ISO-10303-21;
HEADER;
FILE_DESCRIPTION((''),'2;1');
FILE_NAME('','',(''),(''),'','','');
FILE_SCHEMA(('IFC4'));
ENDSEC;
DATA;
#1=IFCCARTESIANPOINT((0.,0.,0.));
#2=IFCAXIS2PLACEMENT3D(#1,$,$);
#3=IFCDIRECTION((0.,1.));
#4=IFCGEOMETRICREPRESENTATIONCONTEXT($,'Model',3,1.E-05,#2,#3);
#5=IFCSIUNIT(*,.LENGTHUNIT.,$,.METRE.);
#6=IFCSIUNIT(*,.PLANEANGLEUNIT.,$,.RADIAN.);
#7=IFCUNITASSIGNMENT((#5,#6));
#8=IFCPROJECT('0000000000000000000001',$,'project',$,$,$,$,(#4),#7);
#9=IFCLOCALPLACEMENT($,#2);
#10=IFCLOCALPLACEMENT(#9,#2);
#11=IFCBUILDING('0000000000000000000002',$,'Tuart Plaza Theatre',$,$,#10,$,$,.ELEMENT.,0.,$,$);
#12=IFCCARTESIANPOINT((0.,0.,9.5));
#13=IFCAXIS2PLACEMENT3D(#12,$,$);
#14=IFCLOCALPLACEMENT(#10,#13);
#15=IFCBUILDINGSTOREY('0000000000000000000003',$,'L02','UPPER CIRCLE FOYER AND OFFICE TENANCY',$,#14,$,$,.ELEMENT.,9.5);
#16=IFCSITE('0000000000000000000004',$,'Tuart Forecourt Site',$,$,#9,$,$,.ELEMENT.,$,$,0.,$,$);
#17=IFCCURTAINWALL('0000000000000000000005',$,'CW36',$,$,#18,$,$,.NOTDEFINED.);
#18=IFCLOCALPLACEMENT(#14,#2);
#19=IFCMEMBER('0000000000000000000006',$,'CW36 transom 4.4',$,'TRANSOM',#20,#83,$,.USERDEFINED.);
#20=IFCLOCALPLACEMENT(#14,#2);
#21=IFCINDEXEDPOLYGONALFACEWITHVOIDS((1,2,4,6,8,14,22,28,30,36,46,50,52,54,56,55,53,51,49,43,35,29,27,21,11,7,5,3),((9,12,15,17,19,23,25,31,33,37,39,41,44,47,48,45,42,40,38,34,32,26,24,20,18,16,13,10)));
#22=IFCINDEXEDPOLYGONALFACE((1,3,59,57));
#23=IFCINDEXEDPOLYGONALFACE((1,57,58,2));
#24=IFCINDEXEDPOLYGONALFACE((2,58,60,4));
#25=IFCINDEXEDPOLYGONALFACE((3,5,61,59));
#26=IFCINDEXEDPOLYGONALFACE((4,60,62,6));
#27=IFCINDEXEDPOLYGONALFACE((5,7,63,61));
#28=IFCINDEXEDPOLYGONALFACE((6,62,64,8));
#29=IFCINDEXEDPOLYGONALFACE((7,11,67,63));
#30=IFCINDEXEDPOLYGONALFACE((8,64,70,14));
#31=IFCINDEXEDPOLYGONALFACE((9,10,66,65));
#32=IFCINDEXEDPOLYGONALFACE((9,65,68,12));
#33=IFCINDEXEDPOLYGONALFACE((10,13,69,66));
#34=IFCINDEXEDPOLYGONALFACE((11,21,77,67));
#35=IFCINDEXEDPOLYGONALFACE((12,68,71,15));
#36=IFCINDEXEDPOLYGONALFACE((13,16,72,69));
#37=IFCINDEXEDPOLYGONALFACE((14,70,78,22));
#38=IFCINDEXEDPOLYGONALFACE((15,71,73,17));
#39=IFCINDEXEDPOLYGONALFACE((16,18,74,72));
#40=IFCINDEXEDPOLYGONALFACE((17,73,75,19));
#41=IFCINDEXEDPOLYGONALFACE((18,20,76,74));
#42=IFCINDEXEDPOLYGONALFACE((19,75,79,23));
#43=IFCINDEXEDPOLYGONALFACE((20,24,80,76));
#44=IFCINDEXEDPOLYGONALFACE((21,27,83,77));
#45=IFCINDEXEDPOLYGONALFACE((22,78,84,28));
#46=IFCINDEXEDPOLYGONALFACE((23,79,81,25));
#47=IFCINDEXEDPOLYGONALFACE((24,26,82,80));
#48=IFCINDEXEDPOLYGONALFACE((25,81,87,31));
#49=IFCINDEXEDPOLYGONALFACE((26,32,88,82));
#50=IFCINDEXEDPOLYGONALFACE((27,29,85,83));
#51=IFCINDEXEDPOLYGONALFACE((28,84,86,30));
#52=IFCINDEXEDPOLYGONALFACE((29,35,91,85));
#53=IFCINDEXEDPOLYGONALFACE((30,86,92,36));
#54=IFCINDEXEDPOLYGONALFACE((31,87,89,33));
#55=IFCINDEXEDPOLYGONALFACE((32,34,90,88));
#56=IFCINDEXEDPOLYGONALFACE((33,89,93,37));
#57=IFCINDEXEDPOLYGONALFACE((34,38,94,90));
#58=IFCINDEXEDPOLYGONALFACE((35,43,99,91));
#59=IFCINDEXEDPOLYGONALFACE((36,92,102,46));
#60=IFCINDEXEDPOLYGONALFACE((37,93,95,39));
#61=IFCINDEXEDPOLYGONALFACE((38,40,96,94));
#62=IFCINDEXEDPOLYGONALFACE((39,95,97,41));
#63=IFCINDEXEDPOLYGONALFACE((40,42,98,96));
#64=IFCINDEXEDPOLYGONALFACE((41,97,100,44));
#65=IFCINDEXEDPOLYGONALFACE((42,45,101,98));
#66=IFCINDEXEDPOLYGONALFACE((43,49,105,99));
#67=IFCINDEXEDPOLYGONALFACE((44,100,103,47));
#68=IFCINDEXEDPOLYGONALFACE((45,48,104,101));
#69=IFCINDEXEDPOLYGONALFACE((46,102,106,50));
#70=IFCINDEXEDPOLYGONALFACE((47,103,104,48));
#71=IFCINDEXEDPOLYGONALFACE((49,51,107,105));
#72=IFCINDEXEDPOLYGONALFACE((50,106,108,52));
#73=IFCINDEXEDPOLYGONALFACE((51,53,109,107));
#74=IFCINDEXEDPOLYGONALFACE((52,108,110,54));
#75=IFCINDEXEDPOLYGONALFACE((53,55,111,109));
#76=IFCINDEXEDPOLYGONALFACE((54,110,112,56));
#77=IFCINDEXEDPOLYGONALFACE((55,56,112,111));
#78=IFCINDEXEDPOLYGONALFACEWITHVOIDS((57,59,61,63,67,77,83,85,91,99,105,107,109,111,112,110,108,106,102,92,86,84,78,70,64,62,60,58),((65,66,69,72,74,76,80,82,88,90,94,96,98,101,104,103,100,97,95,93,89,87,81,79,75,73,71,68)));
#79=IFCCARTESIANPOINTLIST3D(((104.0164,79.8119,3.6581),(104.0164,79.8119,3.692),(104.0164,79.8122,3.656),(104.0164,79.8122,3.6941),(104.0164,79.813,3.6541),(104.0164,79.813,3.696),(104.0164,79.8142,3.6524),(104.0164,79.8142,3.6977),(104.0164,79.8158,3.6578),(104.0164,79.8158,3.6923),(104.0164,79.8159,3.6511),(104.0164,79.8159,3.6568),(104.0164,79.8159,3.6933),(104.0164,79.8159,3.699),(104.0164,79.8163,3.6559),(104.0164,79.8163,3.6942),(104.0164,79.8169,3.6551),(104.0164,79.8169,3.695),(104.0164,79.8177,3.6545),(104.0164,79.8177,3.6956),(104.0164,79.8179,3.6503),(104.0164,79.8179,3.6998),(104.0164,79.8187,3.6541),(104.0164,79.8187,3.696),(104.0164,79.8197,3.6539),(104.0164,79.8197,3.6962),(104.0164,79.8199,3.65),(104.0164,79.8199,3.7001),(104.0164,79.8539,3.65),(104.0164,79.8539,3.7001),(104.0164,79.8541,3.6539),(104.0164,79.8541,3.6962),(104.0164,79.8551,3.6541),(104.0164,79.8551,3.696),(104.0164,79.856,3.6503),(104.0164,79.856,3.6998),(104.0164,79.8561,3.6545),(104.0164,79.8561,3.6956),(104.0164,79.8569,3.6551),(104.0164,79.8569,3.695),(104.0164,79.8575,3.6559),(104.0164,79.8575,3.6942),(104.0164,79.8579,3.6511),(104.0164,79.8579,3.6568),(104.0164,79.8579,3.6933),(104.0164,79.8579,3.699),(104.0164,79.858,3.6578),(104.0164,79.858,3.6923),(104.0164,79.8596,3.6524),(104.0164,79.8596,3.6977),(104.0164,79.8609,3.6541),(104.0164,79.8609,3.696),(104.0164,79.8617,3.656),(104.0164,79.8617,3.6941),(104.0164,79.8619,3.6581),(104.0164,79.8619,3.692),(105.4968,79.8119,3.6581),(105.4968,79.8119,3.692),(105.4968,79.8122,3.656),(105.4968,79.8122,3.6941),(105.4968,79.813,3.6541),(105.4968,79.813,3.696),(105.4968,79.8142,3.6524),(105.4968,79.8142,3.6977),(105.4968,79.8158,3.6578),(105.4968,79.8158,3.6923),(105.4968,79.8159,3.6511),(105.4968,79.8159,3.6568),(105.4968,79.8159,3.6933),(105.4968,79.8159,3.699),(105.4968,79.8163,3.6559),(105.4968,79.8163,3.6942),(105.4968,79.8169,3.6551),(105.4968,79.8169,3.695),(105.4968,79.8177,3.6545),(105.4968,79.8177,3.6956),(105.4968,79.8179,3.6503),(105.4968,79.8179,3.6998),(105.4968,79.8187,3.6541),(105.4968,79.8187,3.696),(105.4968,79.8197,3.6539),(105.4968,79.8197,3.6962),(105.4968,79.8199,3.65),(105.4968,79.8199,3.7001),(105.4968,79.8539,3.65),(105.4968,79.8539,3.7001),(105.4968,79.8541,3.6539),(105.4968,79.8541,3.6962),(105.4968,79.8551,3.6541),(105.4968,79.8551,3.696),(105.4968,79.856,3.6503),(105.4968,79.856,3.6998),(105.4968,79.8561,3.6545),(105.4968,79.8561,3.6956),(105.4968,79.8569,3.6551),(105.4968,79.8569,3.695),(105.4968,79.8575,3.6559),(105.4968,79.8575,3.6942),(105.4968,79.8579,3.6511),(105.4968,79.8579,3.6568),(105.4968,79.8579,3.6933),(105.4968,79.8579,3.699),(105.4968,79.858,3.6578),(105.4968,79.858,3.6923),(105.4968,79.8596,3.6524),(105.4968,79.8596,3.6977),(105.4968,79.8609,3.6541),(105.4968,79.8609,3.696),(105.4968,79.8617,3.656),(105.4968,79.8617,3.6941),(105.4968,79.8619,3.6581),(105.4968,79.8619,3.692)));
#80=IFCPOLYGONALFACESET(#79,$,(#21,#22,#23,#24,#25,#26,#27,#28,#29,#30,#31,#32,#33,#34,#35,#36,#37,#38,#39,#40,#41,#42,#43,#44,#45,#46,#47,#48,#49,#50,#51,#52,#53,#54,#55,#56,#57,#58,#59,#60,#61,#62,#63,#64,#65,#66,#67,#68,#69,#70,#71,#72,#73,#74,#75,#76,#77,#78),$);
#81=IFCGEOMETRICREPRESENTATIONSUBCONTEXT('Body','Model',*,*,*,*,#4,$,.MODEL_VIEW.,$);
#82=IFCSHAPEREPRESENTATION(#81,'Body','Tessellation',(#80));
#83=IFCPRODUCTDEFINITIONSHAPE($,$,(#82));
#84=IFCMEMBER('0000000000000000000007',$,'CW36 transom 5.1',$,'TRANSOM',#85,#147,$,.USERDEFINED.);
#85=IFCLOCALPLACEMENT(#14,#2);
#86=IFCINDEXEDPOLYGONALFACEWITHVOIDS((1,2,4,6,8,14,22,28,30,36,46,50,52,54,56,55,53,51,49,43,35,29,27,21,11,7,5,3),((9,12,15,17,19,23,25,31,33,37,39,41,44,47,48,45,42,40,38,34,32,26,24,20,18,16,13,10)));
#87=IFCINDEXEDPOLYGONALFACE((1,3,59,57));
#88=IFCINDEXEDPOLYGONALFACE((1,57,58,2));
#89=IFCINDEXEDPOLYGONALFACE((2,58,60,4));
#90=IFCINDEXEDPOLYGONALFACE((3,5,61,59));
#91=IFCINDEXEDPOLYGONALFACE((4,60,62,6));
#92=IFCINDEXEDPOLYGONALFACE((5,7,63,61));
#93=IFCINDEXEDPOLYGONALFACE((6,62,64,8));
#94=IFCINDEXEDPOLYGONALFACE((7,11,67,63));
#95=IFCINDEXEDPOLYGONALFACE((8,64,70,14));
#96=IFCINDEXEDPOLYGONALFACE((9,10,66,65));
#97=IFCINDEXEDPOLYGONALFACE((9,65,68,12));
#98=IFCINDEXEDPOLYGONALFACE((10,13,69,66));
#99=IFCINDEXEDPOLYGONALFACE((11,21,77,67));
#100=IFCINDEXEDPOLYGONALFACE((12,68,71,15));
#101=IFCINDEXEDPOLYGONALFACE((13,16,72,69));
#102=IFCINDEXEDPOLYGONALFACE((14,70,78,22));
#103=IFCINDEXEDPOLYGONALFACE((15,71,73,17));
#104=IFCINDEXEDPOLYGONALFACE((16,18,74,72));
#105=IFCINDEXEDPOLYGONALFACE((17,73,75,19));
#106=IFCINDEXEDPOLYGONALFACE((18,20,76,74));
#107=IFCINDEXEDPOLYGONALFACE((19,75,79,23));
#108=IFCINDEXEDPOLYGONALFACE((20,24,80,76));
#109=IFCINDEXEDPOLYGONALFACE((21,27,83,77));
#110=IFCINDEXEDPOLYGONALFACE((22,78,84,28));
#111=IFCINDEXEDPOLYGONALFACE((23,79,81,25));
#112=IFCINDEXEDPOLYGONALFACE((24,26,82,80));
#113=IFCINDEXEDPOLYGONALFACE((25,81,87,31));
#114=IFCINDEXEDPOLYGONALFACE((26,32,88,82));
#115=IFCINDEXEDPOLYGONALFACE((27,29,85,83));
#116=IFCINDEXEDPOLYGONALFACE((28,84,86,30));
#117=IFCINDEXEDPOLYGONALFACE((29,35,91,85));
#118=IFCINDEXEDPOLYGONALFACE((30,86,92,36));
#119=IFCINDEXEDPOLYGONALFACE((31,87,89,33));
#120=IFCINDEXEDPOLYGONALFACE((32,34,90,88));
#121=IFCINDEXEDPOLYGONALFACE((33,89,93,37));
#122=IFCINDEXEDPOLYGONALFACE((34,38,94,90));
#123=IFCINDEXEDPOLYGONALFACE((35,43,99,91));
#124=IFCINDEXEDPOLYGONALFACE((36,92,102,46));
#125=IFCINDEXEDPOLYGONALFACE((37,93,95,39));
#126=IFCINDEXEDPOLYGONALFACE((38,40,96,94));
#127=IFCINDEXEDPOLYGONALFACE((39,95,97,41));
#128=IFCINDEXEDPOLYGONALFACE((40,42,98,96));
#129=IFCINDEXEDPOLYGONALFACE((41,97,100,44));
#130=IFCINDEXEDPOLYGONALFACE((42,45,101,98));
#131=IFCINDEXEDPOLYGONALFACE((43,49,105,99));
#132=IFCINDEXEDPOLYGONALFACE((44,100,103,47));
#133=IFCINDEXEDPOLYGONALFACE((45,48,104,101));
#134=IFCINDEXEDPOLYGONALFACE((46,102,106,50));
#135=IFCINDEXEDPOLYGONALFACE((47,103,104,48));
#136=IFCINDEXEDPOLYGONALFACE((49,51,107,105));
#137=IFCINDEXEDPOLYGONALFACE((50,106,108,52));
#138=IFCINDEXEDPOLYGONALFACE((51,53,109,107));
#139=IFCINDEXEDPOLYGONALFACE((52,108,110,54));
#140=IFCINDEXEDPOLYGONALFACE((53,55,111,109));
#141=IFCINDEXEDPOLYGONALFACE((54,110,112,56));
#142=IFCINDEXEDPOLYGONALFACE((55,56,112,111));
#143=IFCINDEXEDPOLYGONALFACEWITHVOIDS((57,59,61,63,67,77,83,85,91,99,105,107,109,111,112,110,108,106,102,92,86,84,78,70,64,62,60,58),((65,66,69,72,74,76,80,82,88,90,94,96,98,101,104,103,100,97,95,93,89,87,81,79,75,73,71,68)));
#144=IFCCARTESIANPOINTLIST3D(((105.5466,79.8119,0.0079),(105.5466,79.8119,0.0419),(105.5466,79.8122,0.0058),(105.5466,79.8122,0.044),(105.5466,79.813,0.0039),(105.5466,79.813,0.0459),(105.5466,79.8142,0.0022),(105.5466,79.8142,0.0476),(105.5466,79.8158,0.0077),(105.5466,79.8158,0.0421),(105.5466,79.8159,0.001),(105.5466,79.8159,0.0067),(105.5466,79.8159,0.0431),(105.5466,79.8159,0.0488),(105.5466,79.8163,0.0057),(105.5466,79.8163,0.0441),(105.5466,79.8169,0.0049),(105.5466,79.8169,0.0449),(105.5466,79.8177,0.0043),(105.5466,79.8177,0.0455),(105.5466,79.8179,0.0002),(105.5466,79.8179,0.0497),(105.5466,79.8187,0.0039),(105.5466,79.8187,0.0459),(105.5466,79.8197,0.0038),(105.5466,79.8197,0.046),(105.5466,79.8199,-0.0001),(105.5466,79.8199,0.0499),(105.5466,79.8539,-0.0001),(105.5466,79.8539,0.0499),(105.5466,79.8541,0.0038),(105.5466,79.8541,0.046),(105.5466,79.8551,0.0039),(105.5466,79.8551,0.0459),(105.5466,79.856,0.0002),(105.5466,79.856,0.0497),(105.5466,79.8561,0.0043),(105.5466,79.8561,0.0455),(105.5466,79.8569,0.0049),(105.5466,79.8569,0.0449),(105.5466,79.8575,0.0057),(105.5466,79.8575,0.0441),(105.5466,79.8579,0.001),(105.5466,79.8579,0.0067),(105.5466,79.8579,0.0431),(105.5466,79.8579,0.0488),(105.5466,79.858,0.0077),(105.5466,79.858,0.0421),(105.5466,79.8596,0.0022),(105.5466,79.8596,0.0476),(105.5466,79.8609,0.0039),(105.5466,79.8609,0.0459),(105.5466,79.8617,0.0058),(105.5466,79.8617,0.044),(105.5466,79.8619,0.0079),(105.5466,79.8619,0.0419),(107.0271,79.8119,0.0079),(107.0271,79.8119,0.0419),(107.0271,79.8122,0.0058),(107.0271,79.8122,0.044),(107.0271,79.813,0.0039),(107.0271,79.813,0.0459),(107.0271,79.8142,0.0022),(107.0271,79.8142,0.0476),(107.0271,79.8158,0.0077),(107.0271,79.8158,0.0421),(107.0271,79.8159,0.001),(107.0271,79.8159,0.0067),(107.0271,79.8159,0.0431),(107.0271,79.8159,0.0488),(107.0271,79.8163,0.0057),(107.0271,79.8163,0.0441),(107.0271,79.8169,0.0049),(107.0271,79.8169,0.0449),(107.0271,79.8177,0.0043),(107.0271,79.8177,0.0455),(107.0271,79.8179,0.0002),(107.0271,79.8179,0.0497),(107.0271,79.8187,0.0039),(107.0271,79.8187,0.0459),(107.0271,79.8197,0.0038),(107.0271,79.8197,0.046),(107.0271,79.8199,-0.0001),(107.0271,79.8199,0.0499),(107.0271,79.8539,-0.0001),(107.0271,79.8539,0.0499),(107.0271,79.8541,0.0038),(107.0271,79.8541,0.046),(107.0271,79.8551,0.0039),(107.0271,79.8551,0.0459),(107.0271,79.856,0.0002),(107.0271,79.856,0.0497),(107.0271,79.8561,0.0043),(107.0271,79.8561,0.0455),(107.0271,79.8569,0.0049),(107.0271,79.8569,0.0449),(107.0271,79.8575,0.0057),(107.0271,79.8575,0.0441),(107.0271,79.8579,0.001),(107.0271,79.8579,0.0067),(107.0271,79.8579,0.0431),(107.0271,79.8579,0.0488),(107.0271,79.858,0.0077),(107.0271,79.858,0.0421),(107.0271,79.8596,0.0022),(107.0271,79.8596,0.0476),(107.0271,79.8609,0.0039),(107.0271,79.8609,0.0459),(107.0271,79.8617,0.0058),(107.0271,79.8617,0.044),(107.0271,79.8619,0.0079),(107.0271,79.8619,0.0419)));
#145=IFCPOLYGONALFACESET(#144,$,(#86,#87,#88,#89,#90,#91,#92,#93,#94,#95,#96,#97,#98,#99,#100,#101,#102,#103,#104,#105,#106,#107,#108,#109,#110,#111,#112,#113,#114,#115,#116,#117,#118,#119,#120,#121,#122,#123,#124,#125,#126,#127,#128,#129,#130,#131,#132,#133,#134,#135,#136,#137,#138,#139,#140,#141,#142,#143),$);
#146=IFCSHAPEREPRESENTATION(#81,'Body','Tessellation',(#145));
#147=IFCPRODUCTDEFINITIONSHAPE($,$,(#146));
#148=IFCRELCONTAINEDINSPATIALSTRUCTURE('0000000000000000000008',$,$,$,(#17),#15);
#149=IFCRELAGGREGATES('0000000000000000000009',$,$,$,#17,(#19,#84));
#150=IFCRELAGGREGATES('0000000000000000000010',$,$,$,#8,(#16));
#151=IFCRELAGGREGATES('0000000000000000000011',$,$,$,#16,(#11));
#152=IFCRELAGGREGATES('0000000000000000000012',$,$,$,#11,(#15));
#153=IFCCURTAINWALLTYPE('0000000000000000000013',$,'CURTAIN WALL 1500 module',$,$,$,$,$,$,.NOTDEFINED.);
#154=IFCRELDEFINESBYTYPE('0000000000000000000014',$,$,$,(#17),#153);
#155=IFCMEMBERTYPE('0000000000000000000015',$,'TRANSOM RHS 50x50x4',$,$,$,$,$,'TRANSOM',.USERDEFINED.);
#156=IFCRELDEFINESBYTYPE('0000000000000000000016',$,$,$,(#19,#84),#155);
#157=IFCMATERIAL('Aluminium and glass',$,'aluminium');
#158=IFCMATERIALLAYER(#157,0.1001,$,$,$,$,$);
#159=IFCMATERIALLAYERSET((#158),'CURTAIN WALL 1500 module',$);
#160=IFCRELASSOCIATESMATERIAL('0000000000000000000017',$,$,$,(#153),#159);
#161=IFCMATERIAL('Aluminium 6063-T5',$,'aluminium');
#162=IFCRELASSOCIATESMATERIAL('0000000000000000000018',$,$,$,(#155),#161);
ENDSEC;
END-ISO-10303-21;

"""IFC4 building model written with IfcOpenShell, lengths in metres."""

from ifc_helpers import new_model, si_unit, direction, frame, origin, origin_2d, place, context, subcontext, project, spatial, hollow_rectangle, extrude, material, layer, layer_set, material_profile, profile_set, type_object, element, aggregate, save


model = new_model("IFC4")

# Units and contexts
model_context = context("Model", 3, precision=1e-05, world=origin(), true_north=direction((0.0, 1.0)))
body_context = subcontext(model_context, "Body", "Model", "MODEL_VIEW")
ifc_project = project(units=[si_unit("LENGTHUNIT", "METRE"), si_unit("PLANEANGLEUNIT", "RADIAN")], contexts=[model_context])

# Site, building, storey
site_placement = place(None, origin())
site = spatial("IfcSite", under=ifc_project, at=site_placement, Name="Tuart Forecourt Site", CompositionType="ELEMENT", RefElevation=0.0)
building_placement = place(site_placement, origin())
building = spatial("IfcBuilding", under=site, at=building_placement, Name="Tuart Plaza Theatre", CompositionType="ELEMENT", ElevationOfRefHeight=0.0)
storey_placement = place(building_placement, frame((0.0, 0.0, 9.5)))
storey = spatial("IfcBuildingStorey", under=building, at=storey_placement, Name="L02", Description="UPPER CIRCLE FOYER AND OFFICE TENANCY", CompositionType="ELEMENT", Elevation=9.5)

# Curtain wall, members
ifc_material_1 = material(Name="Aluminium and glass", Category="aluminium")
ifc_layer_1 = layer(ifc_material_1, 0.1001)
ifc_layer_set_1 = layer_set([ifc_layer_1], Name="CURTAIN WALL 1500 module")
curtain_wall_type = type_object("IfcCurtainWallType", Name="CURTAIN WALL 1500 module", PredefinedType="NOTDEFINED", material=ifc_layer_set_1)
curtain_wall_placement = place(storey_placement, origin())
curtain_wall = element("IfcCurtainWall", 1, at=curtain_wall_placement, inside=storey, type_object=curtain_wall_type, Name="CW36", PredefinedType="NOTDEFINED")
ifc_material_2 = material(Name="Aluminium 6063-T5", Category="aluminium")
ifc_material_profile_1 = material_profile(ifc_material_2, hollow_rectangle(XDim=0.05, YDim=0.05, WallThickness=0.0039, InnerFilletRadius=0.0039, OuterFilletRadius=0.0081, at=origin_2d()), Name="RHS 50x50x4")
ifc_profile_set_1 = profile_set([ifc_material_profile_1], Name="Aluminium 6063-T5")
member_type_1 = type_object("IfcMemberType", Name="TRANSOM RHS 50x50x4", ElementType="TRANSOM", PredefinedType="USERDEFINED", material=ifc_profile_set_1)
member_1_placement = place(storey_placement, frame((104.0164, 79.8369, 3.675), z_axis=(1.0, 0.0, 0.0), x_axis=(0.0, 1.0, 0.0)))
member_1 = element("IfcMember", 2, at=member_1_placement, type_object=member_type_1, Name="CW36 transom 4.4", ObjectType="TRANSOM", PredefinedType="USERDEFINED", context=body_context, shape_type="SweptSolid", body=[
    extrude(hollow_rectangle(XDim=0.05, YDim=0.05, WallThickness=0.0039, InnerFilletRadius=0.0039, OuterFilletRadius=0.0081, at=origin_2d()), origin(), (0.0, 0.0, 1.0), 1.4805),
])
member_2_placement = place(storey_placement, frame((105.5466, 79.8369, 0.0249), z_axis=(1.0, 0.0, 0.0), x_axis=(0.0, 1.0, 0.0)))
member_2 = element("IfcMember", 3, at=member_2_placement, type_object=member_type_1, Name="CW36 transom 5.1", ObjectType="TRANSOM", PredefinedType="USERDEFINED", context=body_context, shape_type="SweptSolid", body=[
    extrude(hollow_rectangle(XDim=0.05, YDim=0.05, WallThickness=0.0039, InnerFilletRadius=0.0039, OuterFilletRadius=0.0081, at=origin_2d()), origin(), (0.0, 0.0, 1.0), 1.4805),
])
aggregate(curtain_wall, [member_1, member_2])

save(model, "model.ifc")
